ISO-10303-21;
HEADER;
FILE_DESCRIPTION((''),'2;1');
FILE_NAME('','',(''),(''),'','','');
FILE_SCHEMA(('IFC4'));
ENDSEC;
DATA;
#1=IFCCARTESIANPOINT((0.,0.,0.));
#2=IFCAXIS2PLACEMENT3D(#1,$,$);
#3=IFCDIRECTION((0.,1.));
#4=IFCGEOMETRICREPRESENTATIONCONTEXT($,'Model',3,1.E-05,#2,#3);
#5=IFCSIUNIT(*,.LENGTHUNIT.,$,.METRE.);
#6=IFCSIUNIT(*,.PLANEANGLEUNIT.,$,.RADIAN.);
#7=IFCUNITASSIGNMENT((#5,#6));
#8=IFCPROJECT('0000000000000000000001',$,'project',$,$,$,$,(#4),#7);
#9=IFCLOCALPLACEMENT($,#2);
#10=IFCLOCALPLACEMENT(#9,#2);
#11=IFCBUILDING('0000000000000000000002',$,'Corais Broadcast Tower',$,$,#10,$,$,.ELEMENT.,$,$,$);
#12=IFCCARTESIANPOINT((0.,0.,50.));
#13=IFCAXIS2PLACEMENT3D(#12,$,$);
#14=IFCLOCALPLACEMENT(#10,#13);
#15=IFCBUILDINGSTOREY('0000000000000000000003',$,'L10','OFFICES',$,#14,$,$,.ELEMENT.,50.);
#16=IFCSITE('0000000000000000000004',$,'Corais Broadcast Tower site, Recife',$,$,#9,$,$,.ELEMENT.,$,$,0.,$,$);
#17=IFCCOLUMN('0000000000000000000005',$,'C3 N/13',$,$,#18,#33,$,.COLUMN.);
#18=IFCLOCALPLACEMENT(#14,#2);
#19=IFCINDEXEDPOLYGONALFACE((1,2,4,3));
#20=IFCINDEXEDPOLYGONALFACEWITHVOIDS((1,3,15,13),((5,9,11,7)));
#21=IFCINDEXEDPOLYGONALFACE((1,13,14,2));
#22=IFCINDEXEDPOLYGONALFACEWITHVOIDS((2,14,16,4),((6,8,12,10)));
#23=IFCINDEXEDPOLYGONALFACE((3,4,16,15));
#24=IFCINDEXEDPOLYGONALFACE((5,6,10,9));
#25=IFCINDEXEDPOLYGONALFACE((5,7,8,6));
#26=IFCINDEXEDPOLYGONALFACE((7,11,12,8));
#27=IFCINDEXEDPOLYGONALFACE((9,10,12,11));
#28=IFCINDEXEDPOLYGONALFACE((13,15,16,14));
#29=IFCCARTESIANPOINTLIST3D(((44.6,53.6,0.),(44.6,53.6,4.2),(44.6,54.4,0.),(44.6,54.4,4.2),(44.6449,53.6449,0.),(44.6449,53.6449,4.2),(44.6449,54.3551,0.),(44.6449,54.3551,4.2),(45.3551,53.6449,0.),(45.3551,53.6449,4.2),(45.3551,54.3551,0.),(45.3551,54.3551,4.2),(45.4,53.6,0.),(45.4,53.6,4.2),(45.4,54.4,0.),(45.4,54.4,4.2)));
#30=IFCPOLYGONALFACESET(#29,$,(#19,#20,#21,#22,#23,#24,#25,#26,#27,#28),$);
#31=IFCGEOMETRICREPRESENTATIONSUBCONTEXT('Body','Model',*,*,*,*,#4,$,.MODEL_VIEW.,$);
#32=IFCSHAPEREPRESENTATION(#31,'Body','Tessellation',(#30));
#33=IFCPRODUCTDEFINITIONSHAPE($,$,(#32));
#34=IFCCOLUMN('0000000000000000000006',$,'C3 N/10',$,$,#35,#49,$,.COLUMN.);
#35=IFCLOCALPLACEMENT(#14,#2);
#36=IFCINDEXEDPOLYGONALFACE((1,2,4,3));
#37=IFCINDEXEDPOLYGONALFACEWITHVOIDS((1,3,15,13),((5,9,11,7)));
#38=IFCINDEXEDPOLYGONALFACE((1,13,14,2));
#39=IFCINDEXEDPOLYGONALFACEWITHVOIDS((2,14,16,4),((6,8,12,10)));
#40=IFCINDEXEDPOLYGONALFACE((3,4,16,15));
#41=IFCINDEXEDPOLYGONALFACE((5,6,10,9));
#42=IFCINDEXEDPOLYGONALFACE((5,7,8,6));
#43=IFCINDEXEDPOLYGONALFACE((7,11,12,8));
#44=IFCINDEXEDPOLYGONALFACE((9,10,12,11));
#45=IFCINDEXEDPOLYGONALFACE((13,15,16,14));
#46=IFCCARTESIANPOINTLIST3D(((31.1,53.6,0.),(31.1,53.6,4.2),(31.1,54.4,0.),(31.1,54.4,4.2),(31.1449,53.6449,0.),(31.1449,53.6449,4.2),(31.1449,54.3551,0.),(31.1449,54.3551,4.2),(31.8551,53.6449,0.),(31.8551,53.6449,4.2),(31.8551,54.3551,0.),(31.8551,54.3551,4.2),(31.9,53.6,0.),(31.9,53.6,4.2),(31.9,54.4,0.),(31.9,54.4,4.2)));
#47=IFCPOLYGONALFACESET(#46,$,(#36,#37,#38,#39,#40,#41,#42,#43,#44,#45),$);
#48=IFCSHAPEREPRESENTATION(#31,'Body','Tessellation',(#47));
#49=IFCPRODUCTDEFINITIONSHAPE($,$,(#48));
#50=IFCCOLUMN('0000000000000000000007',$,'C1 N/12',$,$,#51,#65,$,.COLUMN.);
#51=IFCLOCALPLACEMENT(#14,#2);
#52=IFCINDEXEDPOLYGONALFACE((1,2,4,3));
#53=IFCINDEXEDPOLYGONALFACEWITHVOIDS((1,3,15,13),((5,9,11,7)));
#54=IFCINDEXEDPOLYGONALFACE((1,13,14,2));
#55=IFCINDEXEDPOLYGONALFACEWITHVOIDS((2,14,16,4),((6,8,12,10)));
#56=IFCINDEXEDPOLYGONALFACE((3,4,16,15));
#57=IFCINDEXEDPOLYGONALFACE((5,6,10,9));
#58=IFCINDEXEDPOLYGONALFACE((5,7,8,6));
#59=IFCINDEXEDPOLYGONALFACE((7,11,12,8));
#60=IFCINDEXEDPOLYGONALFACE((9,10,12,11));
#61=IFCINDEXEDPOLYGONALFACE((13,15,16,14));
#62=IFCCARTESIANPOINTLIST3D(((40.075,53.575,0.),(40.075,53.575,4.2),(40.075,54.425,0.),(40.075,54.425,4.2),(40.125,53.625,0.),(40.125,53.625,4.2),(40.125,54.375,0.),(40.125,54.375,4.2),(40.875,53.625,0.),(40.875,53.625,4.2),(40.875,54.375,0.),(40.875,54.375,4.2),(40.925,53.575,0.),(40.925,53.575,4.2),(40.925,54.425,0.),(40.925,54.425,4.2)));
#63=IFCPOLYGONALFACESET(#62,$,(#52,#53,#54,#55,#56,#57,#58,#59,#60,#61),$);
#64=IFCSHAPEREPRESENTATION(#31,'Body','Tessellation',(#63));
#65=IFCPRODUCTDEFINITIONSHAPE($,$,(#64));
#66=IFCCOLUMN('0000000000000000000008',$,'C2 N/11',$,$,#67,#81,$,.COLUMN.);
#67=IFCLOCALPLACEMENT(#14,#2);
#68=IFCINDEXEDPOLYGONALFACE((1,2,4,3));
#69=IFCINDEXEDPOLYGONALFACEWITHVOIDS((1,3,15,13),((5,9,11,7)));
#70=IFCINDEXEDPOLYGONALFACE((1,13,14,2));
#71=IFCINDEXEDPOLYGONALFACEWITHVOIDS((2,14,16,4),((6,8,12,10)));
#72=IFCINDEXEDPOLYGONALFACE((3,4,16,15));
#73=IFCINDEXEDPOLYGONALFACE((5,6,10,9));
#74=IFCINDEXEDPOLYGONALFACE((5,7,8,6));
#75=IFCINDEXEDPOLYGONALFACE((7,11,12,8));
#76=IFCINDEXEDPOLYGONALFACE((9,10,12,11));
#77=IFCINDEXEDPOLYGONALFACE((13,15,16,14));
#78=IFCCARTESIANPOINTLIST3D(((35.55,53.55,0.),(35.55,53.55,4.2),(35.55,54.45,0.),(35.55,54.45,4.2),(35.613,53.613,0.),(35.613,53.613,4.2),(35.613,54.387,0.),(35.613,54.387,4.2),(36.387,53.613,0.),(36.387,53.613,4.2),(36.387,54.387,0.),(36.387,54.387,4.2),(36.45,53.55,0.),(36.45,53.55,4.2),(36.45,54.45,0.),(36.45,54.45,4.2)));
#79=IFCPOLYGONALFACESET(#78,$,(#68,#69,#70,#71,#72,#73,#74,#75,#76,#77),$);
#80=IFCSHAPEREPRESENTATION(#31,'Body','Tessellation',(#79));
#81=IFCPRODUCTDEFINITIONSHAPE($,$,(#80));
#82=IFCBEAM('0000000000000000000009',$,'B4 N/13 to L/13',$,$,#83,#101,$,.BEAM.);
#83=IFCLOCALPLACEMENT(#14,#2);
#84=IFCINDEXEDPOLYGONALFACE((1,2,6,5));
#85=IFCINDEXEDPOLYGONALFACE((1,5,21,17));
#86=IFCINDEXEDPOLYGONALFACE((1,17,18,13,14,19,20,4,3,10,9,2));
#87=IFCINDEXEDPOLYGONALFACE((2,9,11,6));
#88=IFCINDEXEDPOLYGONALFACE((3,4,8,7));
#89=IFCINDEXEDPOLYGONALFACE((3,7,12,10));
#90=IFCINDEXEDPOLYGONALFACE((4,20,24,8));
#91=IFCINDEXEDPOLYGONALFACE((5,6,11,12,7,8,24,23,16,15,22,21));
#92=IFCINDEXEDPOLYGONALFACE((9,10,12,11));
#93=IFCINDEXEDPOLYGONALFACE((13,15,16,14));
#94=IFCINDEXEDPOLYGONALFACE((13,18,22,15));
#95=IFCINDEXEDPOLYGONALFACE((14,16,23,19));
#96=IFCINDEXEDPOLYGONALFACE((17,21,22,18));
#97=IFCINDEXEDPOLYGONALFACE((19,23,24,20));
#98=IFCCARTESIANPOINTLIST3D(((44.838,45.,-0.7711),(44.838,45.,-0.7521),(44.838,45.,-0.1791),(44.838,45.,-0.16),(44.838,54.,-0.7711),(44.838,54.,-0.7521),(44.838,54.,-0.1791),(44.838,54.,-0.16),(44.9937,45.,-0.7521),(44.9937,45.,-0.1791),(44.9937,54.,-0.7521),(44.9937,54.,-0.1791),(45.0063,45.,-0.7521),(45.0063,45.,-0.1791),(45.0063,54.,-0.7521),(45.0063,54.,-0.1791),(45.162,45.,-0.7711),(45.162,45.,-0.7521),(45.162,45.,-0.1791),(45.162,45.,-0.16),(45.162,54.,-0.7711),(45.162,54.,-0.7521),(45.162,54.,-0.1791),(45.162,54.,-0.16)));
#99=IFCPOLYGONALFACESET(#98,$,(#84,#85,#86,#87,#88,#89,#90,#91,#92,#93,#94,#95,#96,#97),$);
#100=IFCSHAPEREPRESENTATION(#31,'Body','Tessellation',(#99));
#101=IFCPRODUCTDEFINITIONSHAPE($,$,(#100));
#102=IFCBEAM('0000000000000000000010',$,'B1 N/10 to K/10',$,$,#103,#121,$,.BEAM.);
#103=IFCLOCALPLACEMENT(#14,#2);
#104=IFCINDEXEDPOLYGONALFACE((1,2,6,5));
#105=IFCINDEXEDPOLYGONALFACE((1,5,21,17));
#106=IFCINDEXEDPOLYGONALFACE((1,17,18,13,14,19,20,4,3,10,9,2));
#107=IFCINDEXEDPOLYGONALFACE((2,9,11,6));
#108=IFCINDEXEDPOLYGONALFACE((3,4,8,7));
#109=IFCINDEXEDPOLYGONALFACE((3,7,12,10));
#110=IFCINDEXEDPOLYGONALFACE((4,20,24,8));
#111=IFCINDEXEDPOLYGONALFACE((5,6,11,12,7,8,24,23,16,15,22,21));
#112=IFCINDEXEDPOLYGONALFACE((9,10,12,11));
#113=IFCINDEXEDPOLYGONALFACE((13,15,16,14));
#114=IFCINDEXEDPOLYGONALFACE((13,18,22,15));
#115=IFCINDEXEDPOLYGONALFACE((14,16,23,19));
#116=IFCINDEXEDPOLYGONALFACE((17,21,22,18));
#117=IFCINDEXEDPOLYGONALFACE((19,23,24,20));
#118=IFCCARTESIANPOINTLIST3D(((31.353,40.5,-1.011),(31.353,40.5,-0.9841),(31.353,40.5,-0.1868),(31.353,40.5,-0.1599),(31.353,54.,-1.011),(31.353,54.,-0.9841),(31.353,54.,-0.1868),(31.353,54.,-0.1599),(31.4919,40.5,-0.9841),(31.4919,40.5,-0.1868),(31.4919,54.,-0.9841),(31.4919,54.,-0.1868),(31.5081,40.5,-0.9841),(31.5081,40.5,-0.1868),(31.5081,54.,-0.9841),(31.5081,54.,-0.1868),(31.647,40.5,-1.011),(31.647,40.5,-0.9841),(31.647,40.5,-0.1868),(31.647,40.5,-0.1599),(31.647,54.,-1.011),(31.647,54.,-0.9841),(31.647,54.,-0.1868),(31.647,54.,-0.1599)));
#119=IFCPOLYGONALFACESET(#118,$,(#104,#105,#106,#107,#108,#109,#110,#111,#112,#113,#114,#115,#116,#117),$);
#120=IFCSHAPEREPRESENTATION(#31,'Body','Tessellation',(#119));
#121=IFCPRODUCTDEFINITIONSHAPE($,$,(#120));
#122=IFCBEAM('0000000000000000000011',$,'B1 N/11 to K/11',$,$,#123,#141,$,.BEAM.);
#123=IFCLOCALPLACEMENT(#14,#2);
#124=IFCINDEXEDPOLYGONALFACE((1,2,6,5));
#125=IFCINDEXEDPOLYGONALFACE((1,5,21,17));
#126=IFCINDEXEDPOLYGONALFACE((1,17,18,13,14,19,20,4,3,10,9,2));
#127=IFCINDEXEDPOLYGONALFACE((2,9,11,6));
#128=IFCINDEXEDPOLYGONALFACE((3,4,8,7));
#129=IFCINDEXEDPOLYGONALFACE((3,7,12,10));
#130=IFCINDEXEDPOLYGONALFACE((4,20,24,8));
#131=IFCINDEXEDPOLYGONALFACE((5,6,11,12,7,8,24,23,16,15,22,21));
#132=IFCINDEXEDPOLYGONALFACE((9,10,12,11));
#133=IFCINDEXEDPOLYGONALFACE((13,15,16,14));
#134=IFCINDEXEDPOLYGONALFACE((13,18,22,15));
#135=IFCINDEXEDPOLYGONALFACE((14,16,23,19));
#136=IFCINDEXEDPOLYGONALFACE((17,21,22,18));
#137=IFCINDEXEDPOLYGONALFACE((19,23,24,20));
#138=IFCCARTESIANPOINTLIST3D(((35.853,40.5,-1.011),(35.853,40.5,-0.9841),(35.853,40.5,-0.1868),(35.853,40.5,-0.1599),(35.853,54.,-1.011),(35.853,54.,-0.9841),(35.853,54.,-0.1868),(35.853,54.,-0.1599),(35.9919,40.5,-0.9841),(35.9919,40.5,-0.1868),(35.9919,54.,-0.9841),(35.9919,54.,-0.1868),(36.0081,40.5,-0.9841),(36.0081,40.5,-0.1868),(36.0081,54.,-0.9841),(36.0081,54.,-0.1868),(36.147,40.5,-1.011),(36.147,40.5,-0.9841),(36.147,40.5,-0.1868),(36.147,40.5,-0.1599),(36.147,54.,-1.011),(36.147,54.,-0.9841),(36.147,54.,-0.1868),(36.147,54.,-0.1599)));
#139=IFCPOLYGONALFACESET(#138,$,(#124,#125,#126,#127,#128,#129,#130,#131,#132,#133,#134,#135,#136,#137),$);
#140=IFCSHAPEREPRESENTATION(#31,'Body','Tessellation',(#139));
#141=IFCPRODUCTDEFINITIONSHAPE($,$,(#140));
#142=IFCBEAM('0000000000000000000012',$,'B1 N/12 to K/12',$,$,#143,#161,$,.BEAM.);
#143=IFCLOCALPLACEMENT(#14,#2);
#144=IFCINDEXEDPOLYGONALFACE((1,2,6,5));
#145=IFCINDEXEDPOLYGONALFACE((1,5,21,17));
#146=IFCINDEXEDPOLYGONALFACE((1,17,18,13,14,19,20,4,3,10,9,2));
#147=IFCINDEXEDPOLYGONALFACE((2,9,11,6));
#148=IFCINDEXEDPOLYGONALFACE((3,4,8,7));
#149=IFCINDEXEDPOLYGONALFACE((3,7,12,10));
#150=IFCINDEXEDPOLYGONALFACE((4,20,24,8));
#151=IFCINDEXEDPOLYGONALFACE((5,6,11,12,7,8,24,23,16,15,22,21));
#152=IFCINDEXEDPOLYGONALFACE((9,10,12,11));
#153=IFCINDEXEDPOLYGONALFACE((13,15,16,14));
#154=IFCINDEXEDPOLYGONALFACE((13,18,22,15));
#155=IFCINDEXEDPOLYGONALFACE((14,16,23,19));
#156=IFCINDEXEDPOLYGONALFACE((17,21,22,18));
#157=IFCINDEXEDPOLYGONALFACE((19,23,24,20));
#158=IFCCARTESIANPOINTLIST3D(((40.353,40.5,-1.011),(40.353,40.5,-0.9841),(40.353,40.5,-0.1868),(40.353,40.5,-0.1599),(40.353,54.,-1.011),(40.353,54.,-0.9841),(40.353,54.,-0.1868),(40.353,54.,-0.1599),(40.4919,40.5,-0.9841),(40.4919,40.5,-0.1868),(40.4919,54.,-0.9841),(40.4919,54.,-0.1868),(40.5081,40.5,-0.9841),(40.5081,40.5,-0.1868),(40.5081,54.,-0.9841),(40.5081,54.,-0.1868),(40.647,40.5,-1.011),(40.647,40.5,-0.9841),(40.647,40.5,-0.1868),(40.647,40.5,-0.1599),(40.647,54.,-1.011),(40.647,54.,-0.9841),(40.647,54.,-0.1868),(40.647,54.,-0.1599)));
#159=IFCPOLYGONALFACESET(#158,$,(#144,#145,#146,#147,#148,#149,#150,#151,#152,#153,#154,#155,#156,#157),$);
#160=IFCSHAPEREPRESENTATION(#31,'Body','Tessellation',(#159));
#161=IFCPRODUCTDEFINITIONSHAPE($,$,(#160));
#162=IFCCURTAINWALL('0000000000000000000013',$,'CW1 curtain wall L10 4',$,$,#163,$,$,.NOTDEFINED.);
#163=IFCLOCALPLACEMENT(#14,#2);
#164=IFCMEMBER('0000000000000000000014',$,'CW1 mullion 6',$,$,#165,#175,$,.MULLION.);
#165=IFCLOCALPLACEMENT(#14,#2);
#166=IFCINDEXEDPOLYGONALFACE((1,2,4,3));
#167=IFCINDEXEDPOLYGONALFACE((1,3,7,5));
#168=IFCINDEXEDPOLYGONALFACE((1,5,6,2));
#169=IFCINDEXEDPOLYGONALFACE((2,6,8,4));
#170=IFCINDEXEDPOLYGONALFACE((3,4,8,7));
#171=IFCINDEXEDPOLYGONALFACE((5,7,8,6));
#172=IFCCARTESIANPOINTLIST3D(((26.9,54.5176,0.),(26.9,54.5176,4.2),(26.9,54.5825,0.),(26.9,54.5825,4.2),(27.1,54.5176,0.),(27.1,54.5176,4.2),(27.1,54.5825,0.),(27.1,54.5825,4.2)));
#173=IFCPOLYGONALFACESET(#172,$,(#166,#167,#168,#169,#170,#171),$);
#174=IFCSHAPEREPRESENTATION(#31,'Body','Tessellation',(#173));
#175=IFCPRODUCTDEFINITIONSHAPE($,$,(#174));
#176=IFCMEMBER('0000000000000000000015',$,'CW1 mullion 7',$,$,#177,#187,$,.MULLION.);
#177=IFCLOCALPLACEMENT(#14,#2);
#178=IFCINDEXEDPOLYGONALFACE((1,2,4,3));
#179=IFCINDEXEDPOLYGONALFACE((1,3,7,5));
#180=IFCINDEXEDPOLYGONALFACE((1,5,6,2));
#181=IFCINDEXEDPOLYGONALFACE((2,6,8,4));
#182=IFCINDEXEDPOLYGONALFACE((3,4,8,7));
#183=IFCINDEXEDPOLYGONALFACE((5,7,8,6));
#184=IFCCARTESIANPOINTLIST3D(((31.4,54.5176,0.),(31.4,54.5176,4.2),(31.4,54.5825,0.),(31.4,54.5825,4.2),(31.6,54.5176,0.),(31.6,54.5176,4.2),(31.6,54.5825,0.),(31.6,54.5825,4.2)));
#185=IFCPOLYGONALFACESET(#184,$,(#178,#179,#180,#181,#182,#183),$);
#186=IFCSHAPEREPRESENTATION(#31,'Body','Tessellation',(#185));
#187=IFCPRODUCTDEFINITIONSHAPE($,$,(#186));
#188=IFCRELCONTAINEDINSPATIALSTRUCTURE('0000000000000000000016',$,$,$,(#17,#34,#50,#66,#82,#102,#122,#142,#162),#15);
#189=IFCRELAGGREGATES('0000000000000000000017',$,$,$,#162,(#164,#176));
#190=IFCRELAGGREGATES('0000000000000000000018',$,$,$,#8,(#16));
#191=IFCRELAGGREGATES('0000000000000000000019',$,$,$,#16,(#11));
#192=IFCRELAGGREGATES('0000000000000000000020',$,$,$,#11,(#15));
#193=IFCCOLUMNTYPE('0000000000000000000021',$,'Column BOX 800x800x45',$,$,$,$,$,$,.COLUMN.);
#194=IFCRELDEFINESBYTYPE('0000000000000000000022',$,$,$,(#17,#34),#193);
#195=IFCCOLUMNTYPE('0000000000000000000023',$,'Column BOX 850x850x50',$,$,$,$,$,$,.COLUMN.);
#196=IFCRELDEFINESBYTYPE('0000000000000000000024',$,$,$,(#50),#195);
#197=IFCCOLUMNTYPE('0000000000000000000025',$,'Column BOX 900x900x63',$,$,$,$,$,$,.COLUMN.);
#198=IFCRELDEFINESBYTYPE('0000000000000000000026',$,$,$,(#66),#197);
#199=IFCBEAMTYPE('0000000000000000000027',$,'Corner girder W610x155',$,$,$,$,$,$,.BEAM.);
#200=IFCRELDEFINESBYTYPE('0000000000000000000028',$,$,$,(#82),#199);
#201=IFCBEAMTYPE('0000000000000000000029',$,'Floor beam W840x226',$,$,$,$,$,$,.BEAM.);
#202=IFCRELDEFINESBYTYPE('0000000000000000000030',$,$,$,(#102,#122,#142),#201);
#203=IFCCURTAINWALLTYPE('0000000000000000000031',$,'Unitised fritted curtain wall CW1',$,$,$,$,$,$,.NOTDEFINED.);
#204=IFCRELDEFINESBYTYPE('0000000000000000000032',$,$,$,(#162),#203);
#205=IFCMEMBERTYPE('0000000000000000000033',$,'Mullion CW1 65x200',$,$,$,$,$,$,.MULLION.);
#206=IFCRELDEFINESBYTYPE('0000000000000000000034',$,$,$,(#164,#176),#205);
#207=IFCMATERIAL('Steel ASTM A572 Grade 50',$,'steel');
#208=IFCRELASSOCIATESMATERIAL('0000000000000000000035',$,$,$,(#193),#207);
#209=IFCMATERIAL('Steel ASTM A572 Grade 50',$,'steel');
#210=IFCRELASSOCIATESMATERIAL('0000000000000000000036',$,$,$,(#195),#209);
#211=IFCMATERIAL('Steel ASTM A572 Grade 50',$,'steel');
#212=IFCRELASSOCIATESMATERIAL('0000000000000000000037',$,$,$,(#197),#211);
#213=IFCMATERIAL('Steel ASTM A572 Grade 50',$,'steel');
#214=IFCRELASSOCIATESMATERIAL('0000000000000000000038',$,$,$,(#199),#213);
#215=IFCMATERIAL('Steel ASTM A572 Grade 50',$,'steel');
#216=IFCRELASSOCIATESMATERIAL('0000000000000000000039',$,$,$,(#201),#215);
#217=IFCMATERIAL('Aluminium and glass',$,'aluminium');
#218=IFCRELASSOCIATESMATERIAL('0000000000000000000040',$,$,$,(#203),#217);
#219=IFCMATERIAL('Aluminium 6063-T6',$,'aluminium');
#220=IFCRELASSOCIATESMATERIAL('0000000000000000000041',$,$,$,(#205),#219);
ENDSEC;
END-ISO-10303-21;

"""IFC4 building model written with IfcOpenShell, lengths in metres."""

from ifc_helpers import new_model, si_unit, direction, frame, origin, origin_2d, place, context, subcontext, project, spatial, rectangle, hollow_rectangle, i_section, extrude, material, material_profile, profile_set, type_object, element, aggregate, save


model = new_model("IFC4")

# Units and contexts
model_context = context("Model", 3, precision=1e-05, world=origin(), true_north=direction((0.0, 1.0)))
body_context = subcontext(model_context, "Body", "Model", "MODEL_VIEW")
ifc_project = project(units=[si_unit("LENGTHUNIT", "METRE"), si_unit("PLANEANGLEUNIT", "RADIAN")], contexts=[model_context])

# Site, building, storey
site_placement = place(None, origin())
site = spatial("IfcSite", under=ifc_project, at=site_placement, Name="Corais Broadcast Tower site, Recife", CompositionType="ELEMENT", RefElevation=0.0)
building_placement = place(site_placement, origin())
building = spatial("IfcBuilding", under=site, at=building_placement, Name="Corais Broadcast Tower", CompositionType="ELEMENT")
storey_placement = place(building_placement, frame((0.0, 0.0, 50.0)))
storey = spatial("IfcBuildingStorey", under=building, at=storey_placement, Name="L10", Description="OFFICES", CompositionType="ELEMENT", Elevation=50.0)

# Columns
ifc_material_1 = material(Name="Steel ASTM A572 Grade 50", Category="steel")
ifc_material_profile_1 = material_profile(ifc_material_1, hollow_rectangle(XDim=0.8, YDim=0.8, WallThickness=0.0449, at=origin_2d()), Name="BOX 800x800x45")
ifc_profile_set_1 = profile_set([ifc_material_profile_1], Name="Steel ASTM A572 Grade 50")
column_type_1 = type_object("IfcColumnType", Name="Column BOX 800x800x45", PredefinedType="COLUMN", material=ifc_profile_set_1)
for number, where, z_axis, x_axis, name in (
    (1, (45.0, 54.0, 0.0), (0.0, 0.0, 1.0), (1.0, 0.0, 0.0), "C3 N/13"),
    (2, (31.5, 54.0, 0.0), (0.0, 0.0, 1.0), (1.0, 0.0, 0.0), "C3 N/10"),
):
    element("IfcColumn", number, at=place(storey_placement, frame(where, z_axis=z_axis, x_axis=x_axis)), inside=storey, type_object=column_type_1, Name=name, PredefinedType="COLUMN", context=body_context, shape_type="SweptSolid", body=[
        extrude(hollow_rectangle(XDim=0.8, YDim=0.8, WallThickness=0.0449, at=origin_2d()), origin(), (0.0, 0.0, 1.0), 4.2),
    ])
ifc_material_2 = material(Name="Steel ASTM A572 Grade 50", Category="steel")
ifc_material_profile_2 = material_profile(ifc_material_2, hollow_rectangle(XDim=0.8501, YDim=0.8501, WallThickness=0.05, at=origin_2d()), Name="BOX 850x850x50")
ifc_profile_set_2 = profile_set([ifc_material_profile_2], Name="Steel ASTM A572 Grade 50")
column_type_2 = type_object("IfcColumnType", Name="Column BOX 850x850x50", PredefinedType="COLUMN", material=ifc_profile_set_2)
column_1_placement = place(storey_placement, frame((40.5, 54.0, 0.0), z_axis=(0.0, 0.0, 1.0), x_axis=(1.0, 0.0, 0.0)))
element("IfcColumn", 3, at=column_1_placement, inside=storey, type_object=column_type_2, Name="C1 N/12", PredefinedType="COLUMN", context=body_context, shape_type="SweptSolid", body=[
    extrude(hollow_rectangle(XDim=0.8501, YDim=0.8501, WallThickness=0.05, at=origin_2d()), origin(), (0.0, 0.0, 1.0), 4.2),
])
ifc_material_3 = material(Name="Steel ASTM A572 Grade 50", Category="steel")
ifc_material_profile_3 = material_profile(ifc_material_3, hollow_rectangle(XDim=0.8999, YDim=0.8999, WallThickness=0.063, at=origin_2d()), Name="BOX 900x900x63")
ifc_profile_set_3 = profile_set([ifc_material_profile_3], Name="Steel ASTM A572 Grade 50")
column_type_3 = type_object("IfcColumnType", Name="Column BOX 900x900x63", PredefinedType="COLUMN", material=ifc_profile_set_3)
column_2_placement = place(storey_placement, frame((36.0, 54.0, 0.0), z_axis=(0.0, 0.0, 1.0), x_axis=(1.0, 0.0, 0.0)))
element("IfcColumn", 4, at=column_2_placement, inside=storey, type_object=column_type_3, Name="C2 N/11", PredefinedType="COLUMN", context=body_context, shape_type="SweptSolid", body=[
    extrude(hollow_rectangle(XDim=0.8999, YDim=0.8999, WallThickness=0.063, at=origin_2d()), origin(), (0.0, 0.0, 1.0), 4.2),
])

# Beams
ifc_material_4 = material(Name="Steel ASTM A572 Grade 50", Category="steel")
ifc_material_profile_4 = material_profile(ifc_material_4, i_section(OverallWidth=0.324, OverallDepth=0.6111, WebThickness=0.0127, FlangeThickness=0.019, at=origin_2d()), Name="W610x155")
ifc_profile_set_4 = profile_set([ifc_material_profile_4], Name="Steel ASTM A572 Grade 50")
beam_type_1 = type_object("IfcBeamType", Name="Corner girder W610x155", PredefinedType="BEAM", material=ifc_profile_set_4)
beam_1_placement = place(storey_placement, frame((45.0, 54.0, -0.4656), z_axis=(0.0, -1.0, 0.0), x_axis=(1.0, 0.0, 0.0)))
element("IfcBeam", 5, at=beam_1_placement, inside=storey, type_object=beam_type_1, Name="B4 N/13 to L/13", PredefinedType="BEAM", context=body_context, shape_type="SweptSolid", body=[
    extrude(i_section(OverallWidth=0.324, OverallDepth=0.6111, WebThickness=0.0127, FlangeThickness=0.019, at=origin_2d()), origin(), (0.0, 0.0, 1.0), 9.0),
])
ifc_material_5 = material(Name="Steel ASTM A572 Grade 50", Category="steel")
ifc_material_profile_5 = material_profile(ifc_material_5, i_section(OverallWidth=0.2939, OverallDepth=0.8511, WebThickness=0.0161, FlangeThickness=0.0269, at=origin_2d()), Name="W840x226")
ifc_profile_set_5 = profile_set([ifc_material_profile_5], Name="Steel ASTM A572 Grade 50")
beam_type_2 = type_object("IfcBeamType", Name="Floor beam W840x226", PredefinedType="BEAM", material=ifc_profile_set_5)
for number, where, z_axis, x_axis, name in (
    (6, (31.5, 54.0, -0.5854), (0.0, -1.0, 0.0), (1.0, 0.0, 0.0), "B1 N/10 to K/10"),
    (7, (36.0, 54.0, -0.5854), (0.0, -1.0, 0.0), (1.0, 0.0, 0.0), "B1 N/11 to K/11"),
    (8, (40.5, 54.0, -0.5854), (0.0, -1.0, 0.0), (1.0, 0.0, 0.0), "B1 N/12 to K/12"),
):
    element("IfcBeam", number, at=place(storey_placement, frame(where, z_axis=z_axis, x_axis=x_axis)), inside=storey, type_object=beam_type_2, Name=name, PredefinedType="BEAM", context=body_context, shape_type="SweptSolid", body=[
        extrude(i_section(OverallWidth=0.2939, OverallDepth=0.8511, WebThickness=0.0161, FlangeThickness=0.0269, at=origin_2d()), origin(), (0.0, 0.0, 1.0), 13.5),
    ])

# Curtain wall, members
ifc_material_6 = material(Name="Aluminium and glass", Category="aluminium")
curtain_wall_type = type_object("IfcCurtainWallType", Name="Unitised fritted curtain wall CW1", PredefinedType="NOTDEFINED", material=ifc_material_6)
curtain_wall_placement = place(storey_placement, origin())
curtain_wall = element("IfcCurtainWall", 9, at=curtain_wall_placement, inside=storey, type_object=curtain_wall_type, Name="CW1 curtain wall L10 4", PredefinedType="NOTDEFINED")
ifc_material_7 = material(Name="Aluminium 6063-T6", Category="aluminium")
ifc_material_profile_6 = material_profile(ifc_material_7, rectangle(XDim=0.0649, YDim=0.2, at=origin_2d()), Name="Mullion CW1 65x200")
ifc_profile_set_6 = profile_set([ifc_material_profile_6], Name="Aluminium 6063-T6")
member_type_1 = type_object("IfcMemberType", Name="Mullion CW1 65x200", PredefinedType="MULLION", material=ifc_profile_set_6)
member_1_placement = place(storey_placement, frame((27.0, 54.55, 0.0), z_axis=(0.0, 0.0, 1.0), x_axis=(0.0, 1.0, 0.0)))
member_1 = element("IfcMember", 10, at=member_1_placement, type_object=member_type_1, Name="CW1 mullion 6", PredefinedType="MULLION", context=body_context, shape_type="SweptSolid", body=[
    extrude(rectangle(XDim=0.0649, YDim=0.2, at=origin_2d()), origin(), (0.0, 0.0, 1.0), 4.2),
])
member_2_placement = place(storey_placement, frame((31.5, 54.55, 0.0), z_axis=(0.0, 0.0, 1.0), x_axis=(0.0, 1.0, 0.0)))
member_2 = element("IfcMember", 11, at=member_2_placement, type_object=member_type_1, Name="CW1 mullion 7", PredefinedType="MULLION", context=body_context, shape_type="SweptSolid", body=[
    extrude(rectangle(XDim=0.0649, YDim=0.2, at=origin_2d()), origin(), (0.0, 0.0, 1.0), 4.2),
])

aggregate(curtain_wall, [member_1, member_2])

save(model, "model.ifc")
